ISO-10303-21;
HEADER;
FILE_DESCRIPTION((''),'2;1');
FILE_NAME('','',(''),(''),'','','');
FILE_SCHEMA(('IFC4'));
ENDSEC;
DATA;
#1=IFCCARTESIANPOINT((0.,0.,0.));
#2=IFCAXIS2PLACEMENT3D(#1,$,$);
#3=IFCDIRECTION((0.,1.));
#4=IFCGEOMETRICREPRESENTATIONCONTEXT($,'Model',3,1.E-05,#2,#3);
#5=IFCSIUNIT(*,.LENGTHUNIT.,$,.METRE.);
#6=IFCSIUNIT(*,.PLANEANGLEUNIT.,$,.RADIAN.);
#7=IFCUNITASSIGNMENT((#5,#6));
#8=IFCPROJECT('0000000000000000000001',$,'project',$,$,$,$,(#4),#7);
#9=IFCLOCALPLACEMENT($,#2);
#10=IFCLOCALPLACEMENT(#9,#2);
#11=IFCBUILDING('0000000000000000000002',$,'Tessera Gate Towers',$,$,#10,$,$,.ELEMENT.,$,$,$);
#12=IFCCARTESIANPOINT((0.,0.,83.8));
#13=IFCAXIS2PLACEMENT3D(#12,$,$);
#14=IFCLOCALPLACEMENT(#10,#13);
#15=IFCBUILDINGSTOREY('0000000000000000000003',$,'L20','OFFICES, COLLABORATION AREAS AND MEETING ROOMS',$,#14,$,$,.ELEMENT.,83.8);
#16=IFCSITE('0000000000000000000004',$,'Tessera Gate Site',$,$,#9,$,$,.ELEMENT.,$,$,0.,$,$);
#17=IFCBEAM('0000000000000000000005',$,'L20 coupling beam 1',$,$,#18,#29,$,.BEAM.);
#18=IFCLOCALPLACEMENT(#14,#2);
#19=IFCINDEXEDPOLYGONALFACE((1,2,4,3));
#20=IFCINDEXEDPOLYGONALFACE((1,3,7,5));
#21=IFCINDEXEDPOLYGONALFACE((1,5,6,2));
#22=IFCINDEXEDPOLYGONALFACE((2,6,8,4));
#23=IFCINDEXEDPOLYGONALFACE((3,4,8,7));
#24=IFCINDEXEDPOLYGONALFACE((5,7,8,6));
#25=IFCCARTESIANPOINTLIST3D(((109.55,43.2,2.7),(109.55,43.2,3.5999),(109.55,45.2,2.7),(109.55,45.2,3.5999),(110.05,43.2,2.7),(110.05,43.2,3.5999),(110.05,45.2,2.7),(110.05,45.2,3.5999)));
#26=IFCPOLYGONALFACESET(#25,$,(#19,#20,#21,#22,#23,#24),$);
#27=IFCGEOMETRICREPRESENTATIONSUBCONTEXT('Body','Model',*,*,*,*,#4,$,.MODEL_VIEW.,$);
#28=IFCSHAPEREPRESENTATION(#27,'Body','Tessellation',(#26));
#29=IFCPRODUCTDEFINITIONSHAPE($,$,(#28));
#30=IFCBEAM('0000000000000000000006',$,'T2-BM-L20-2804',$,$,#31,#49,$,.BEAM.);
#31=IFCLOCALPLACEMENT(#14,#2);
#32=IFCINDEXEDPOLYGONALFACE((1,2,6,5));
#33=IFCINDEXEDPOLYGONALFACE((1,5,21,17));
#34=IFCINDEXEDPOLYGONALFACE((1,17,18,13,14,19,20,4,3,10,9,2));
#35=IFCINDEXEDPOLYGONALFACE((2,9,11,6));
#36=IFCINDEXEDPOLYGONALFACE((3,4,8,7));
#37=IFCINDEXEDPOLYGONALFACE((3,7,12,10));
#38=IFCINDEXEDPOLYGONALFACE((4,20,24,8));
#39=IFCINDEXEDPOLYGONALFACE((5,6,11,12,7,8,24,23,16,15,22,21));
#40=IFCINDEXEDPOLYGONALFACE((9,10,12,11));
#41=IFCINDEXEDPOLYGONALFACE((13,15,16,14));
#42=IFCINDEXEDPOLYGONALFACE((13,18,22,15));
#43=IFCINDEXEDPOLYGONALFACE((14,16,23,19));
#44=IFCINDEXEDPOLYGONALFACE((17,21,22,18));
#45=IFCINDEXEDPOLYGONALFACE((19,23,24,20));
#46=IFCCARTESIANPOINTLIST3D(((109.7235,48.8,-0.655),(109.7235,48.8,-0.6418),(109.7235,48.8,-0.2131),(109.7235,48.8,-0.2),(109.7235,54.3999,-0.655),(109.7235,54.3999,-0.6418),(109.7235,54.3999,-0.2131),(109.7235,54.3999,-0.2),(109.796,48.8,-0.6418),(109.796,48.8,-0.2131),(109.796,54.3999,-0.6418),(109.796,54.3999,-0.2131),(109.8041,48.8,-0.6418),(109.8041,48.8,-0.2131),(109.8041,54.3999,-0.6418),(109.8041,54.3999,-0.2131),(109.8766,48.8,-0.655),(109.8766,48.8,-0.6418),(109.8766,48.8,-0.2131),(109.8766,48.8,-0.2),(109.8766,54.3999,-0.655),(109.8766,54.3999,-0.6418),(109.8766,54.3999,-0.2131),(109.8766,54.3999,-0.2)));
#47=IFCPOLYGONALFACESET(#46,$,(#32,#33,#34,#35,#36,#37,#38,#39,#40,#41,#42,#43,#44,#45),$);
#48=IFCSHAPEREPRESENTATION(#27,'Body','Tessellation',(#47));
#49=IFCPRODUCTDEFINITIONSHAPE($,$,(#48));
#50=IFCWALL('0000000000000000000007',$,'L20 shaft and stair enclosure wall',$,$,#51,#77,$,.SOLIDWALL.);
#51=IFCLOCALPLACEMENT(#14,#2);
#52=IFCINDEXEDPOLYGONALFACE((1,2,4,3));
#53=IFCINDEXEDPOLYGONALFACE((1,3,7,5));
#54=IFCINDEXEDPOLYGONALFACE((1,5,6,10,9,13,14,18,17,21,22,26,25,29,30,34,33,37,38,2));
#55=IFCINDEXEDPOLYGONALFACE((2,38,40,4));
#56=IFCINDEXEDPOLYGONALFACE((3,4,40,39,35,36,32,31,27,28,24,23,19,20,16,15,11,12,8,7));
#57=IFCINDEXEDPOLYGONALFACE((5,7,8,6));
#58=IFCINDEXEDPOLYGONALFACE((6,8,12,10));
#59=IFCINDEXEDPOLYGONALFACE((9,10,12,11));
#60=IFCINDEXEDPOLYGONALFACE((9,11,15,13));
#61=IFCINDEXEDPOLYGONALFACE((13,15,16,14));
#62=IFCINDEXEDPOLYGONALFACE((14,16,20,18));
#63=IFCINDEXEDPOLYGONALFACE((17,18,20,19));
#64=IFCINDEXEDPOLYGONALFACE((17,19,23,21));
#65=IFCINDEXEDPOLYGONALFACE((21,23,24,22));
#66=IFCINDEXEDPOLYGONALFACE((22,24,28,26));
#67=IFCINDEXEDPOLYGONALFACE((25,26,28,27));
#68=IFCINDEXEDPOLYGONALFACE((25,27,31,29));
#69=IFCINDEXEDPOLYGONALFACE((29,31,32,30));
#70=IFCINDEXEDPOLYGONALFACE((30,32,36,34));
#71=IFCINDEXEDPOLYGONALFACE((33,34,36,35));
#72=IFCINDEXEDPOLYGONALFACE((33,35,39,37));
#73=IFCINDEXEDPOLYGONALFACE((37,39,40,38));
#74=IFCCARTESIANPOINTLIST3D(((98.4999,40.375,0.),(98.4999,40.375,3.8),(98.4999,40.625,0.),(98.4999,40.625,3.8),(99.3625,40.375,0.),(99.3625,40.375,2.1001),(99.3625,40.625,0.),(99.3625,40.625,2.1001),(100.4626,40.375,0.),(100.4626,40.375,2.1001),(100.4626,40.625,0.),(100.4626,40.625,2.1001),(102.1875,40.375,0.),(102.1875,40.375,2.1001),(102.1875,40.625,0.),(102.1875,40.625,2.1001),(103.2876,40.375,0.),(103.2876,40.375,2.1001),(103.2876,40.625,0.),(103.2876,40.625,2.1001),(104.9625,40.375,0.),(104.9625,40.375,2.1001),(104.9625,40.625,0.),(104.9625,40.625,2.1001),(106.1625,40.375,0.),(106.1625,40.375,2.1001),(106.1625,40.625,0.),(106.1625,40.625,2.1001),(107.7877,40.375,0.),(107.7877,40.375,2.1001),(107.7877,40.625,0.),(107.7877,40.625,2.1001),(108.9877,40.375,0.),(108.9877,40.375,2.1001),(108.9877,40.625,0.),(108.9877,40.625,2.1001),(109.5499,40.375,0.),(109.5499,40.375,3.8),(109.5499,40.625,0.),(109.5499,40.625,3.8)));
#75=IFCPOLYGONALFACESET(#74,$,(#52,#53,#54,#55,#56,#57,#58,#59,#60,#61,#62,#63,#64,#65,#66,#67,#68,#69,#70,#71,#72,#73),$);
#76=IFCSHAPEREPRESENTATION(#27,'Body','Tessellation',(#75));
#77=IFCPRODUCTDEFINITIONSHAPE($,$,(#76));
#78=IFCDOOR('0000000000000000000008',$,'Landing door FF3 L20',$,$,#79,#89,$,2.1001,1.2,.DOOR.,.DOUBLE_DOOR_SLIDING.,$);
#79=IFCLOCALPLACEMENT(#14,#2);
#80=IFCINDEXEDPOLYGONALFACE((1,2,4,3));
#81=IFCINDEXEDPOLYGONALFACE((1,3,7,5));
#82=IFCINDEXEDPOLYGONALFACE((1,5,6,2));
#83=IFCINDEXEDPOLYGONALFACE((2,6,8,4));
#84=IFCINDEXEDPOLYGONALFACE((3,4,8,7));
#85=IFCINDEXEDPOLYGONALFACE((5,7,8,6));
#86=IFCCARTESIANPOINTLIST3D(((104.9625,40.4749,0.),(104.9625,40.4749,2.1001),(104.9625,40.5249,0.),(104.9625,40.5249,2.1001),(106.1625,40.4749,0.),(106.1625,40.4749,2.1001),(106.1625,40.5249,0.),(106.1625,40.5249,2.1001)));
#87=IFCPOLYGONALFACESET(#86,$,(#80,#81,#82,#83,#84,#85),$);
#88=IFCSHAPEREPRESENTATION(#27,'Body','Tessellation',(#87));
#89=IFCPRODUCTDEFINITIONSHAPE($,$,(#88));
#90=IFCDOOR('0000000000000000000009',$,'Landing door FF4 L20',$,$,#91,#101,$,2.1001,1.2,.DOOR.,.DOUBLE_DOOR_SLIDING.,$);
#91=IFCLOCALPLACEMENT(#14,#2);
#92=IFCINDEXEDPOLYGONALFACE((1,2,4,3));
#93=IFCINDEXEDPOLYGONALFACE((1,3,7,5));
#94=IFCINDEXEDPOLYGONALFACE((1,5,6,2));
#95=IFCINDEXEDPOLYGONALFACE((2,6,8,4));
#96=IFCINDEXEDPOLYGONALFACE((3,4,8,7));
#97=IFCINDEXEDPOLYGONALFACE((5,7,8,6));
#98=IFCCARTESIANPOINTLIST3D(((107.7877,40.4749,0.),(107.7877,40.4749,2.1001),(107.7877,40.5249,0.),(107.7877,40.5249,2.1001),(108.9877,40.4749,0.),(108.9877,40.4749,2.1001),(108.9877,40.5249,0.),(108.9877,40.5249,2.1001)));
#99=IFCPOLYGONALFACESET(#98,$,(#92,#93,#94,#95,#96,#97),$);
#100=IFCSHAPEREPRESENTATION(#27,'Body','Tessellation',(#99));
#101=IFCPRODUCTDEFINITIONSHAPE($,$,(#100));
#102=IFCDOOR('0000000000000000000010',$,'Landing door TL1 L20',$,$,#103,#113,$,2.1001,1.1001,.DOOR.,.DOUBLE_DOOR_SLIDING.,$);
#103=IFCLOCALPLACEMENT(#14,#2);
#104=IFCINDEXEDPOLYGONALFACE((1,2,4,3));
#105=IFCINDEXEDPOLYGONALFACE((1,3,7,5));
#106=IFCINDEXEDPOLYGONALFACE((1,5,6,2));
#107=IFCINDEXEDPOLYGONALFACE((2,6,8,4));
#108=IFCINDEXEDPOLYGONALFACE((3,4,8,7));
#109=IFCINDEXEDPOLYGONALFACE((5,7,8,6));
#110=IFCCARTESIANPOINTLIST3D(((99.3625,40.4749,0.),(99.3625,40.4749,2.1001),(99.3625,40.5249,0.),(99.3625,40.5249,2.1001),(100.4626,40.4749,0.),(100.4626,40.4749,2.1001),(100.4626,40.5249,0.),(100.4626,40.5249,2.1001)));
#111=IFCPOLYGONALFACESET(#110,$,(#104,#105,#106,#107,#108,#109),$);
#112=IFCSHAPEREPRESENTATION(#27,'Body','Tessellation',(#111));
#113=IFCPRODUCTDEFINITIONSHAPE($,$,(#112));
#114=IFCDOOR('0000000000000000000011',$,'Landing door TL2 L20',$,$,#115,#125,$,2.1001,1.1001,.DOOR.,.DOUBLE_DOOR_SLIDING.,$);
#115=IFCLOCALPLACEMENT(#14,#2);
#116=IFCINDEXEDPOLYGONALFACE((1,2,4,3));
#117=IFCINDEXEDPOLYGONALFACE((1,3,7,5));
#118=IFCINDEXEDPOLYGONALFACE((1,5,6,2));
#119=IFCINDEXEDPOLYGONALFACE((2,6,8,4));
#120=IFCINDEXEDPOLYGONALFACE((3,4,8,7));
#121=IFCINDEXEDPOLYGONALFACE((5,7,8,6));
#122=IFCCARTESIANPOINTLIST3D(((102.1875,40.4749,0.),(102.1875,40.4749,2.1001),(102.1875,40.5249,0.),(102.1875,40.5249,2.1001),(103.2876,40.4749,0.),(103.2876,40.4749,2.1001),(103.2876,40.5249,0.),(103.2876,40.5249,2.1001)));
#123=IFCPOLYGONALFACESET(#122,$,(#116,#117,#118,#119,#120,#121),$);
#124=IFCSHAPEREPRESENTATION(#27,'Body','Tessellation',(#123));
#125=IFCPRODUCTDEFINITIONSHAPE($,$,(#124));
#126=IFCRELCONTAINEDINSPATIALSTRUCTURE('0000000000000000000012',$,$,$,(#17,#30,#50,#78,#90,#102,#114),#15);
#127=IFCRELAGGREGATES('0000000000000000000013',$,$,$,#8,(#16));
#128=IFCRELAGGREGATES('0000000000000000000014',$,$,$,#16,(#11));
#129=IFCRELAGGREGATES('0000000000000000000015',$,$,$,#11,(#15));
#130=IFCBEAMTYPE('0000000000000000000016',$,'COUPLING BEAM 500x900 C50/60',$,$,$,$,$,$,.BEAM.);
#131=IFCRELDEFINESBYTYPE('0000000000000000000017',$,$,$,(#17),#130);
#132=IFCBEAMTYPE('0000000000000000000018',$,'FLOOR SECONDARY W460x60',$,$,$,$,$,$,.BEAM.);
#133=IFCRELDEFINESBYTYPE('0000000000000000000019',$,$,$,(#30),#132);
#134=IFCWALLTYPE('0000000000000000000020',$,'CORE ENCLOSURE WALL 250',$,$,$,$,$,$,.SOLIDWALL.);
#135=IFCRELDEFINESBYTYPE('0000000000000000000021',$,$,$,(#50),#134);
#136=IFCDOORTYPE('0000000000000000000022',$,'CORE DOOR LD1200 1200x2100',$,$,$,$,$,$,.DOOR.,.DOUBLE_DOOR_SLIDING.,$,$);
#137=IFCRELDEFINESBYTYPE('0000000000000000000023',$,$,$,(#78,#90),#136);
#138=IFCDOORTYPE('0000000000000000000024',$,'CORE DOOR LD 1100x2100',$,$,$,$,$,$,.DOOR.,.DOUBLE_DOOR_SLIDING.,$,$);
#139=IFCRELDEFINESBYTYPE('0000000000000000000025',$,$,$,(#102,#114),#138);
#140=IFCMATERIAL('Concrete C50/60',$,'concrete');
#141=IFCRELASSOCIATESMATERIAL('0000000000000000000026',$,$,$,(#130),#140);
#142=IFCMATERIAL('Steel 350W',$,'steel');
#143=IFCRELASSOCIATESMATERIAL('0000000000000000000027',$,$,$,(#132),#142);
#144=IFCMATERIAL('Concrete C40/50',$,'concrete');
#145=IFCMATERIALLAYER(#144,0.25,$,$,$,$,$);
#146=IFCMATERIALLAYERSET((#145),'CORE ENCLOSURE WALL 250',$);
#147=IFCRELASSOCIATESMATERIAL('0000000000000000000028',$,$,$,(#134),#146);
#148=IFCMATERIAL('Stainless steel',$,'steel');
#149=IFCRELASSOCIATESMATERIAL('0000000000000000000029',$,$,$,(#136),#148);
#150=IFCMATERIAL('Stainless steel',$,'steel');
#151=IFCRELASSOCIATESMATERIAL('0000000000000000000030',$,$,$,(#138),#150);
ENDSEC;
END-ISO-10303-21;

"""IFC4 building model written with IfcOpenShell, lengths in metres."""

from ifc_helpers import new_model, si_unit, direction, frame, frame_2d, origin, origin_2d, place, context, subcontext, project, spatial, rectangle, i_section, extrude, source, transform, mapped, material, layer, layer_set, material_profile, profile_set, type_object, element, fill, save


model = new_model("IFC4")

# Units and contexts
model_context = context("Model", 3, precision=1e-05, world=origin(), true_north=direction((0.0, 1.0)))
body_context = subcontext(model_context, "Body", "Model", "MODEL_VIEW")
ifc_project = project(units=[si_unit("LENGTHUNIT", "METRE"), si_unit("PLANEANGLEUNIT", "RADIAN")], contexts=[model_context])

# Site, building, storey
site_placement = place(None, origin())
site = spatial("IfcSite", under=ifc_project, at=site_placement, Name="Tessera Gate Site", CompositionType="ELEMENT", RefElevation=0.0)
building_placement = place(site_placement, origin())
building = spatial("IfcBuilding", under=site, at=building_placement, Name="Tessera Gate Towers", CompositionType="ELEMENT")
storey_placement = place(building_placement, frame((0.0, 0.0, 83.8)))
storey = spatial("IfcBuildingStorey", under=building, at=storey_placement, Name="L20", Description="OFFICES, COLLABORATION AREAS AND MEETING ROOMS", CompositionType="ELEMENT", Elevation=83.8)

# Beams
ifc_material_1 = material(Name="Concrete C50/60", Category="concrete")
ifc_material_profile_1 = material_profile(ifc_material_1, rectangle(XDim=0.5, YDim=0.8999, at=origin_2d()), Name="RC 500x900")
ifc_profile_set_1 = profile_set([ifc_material_profile_1], Name="Concrete C50/60")
beam_type_1 = type_object("IfcBeamType", Name="COUPLING BEAM 500x900 C50/60", PredefinedType="BEAM", material=ifc_profile_set_1)
beam_1_placement = place(storey_placement, frame((109.8, 43.2, 3.1499), z_axis=(0.0, 1.0, 0.0), x_axis=(-1.0, 0.0, 0.0)))
element("IfcBeam", 1, at=beam_1_placement, inside=storey, type_object=beam_type_1, Name="L20 coupling beam 1", PredefinedType="BEAM", context=body_context, shape_type="SweptSolid", body=[
    extrude(rectangle(XDim=0.5, YDim=0.8999, at=origin_2d()), origin(), (0.0, 0.0, 1.0), 2.0),
])
ifc_material_2 = material(Name="Steel 350W", Category="steel")
ifc_material_profile_2 = material_profile(ifc_material_2, i_section(OverallWidth=0.1531, OverallDepth=0.4551, WebThickness=0.0081, FlangeThickness=0.0132, at=origin_2d()), Name="W460x60")
ifc_profile_set_2 = profile_set([ifc_material_profile_2], Name="Steel 350W")
beam_type_2 = type_object("IfcBeamType", Name="FLOOR SECONDARY W460x60", PredefinedType="BEAM", material=ifc_profile_set_2)
beam_2_placement = place(storey_placement, frame((109.8, 48.8, -0.4275), z_axis=(0.0, 1.0, 0.0), x_axis=(-1.0, 0.0, 0.0)))
element("IfcBeam", 2, at=beam_2_placement, inside=storey, type_object=beam_type_2, Name="T2-BM-L20-2804", PredefinedType="BEAM", context=body_context, shape_type="SweptSolid", body=[
    extrude(i_section(OverallWidth=0.1531, OverallDepth=0.4551, WebThickness=0.0081, FlangeThickness=0.0132, at=origin_2d()), origin(), (0.0, 0.0, 1.0), 5.5999),
])

# Wall, openings, doors
ifc_material_3 = material(Name="Concrete C40/50", Category="concrete")
ifc_layer_1 = layer(ifc_material_3, 0.25)
ifc_layer_set_1 = layer_set([ifc_layer_1], Name="CORE ENCLOSURE WALL 250")
wall_type_1 = type_object("IfcWallType", Name="CORE ENCLOSURE WALL 250", PredefinedType="SOLIDWALL", material=ifc_layer_set_1)
wall_1_placement = place(storey_placement, frame((98.5, 40.5, 0.0), z_axis=(0.0, 0.0, 1.0), x_axis=(1.0, 0.0, 0.0)))
wall_1 = element("IfcWall", 3, at=wall_1_placement, inside=storey, type_object=wall_type_1, Name="L20 shaft and stair enclosure wall", PredefinedType="SOLIDWALL", context=body_context, shape_type="SweptSolid", body=[
    extrude(rectangle(XDim=11.05, YDim=0.25, at=frame_2d((5.5249, 0.0))), origin(), (0.0, 0.0, 1.0), 3.8),
])
shared_shape_1 = source(origin(), body_context, "Body", "SweptSolid", [
    extrude(rectangle(XDim=1.1001, YDim=2.1001, at=frame_2d((0.55, 1.05))), frame((0.0, 0.135, 0.0), z_axis=(0.0, -1.0, 0.0), x_axis=(1.0, 0.0, 0.0)), (0.0, 0.0, 1.0), 0.27),
])
opening_1_placement = place(wall_1_placement, frame((0.8625, 0.0, 0.0)))
opening_1 = element("IfcOpeningElement", 4, at=opening_1_placement, cuts=wall_1, PredefinedType="OPENING", context=body_context, shape_type="MappedRepresentation", body=[
    mapped(shared_shape_1, transform((0.0, 0.0, 0.0), scale=1.0)),
])
opening_2_placement = place(wall_1_placement, frame((3.6875, 0.0, 0.0)))
opening_2 = element("IfcOpeningElement", 5, at=opening_2_placement, cuts=wall_1, PredefinedType="OPENING", context=body_context, shape_type="MappedRepresentation", body=[
    mapped(shared_shape_1, transform((0.0, 0.0, 0.0), scale=1.0)),
])
shared_shape_2 = source(origin(), body_context, "Body", "SweptSolid", [
    extrude(rectangle(XDim=1.2, YDim=2.1001, at=frame_2d((0.6001, 1.05))), frame((0.0, 0.135, 0.0), z_axis=(0.0, -1.0, 0.0), x_axis=(1.0, 0.0, 0.0)), (0.0, 0.0, 1.0), 0.27),
])
opening_3_placement = place(wall_1_placement, frame((6.4624, 0.0, 0.0)))
opening_3 = element("IfcOpeningElement", 6, at=opening_3_placement, cuts=wall_1, PredefinedType="OPENING", context=body_context, shape_type="MappedRepresentation", body=[
    mapped(shared_shape_2, transform((0.0, 0.0, 0.0), scale=1.0)),
])
opening_4_placement = place(wall_1_placement, frame((9.2876, 0.0, 0.0)))
opening_4 = element("IfcOpeningElement", 7, at=opening_4_placement, cuts=wall_1, PredefinedType="OPENING", context=body_context, shape_type="MappedRepresentation", body=[
    mapped(shared_shape_2, transform((0.0, 0.0, 0.0), scale=1.0)),
])
ifc_material_4 = material(Name="Stainless steel", Category="steel")
door_type_1 = type_object("IfcDoorType", Name="CORE DOOR LD1200 1200x2100", OperationType="DOUBLE_DOOR_SLIDING", PredefinedType="DOOR", material=ifc_material_4)
shared_shape_3 = source(origin(), body_context, "Body", "SweptSolid", [
    extrude(rectangle(XDim=1.2, YDim=2.1001, at=frame_2d((0.6001, 1.05))), frame((0.0, 0.0249, 0.0), z_axis=(0.0, -1.0, 0.0), x_axis=(1.0, 0.0, 0.0)), (0.0, 0.0, 1.0), 0.05),
])
door_1_placement = place(opening_3_placement, origin())
door_1 = element("IfcDoor", 8, at=door_1_placement, inside=storey, type_object=door_type_1, Name="Landing door FF3 L20", OperationType="DOUBLE_DOOR_SLIDING", OverallHeight=2.1001, OverallWidth=1.2, PredefinedType="DOOR", context=body_context, shape_type="MappedRepresentation", body=[
    mapped(shared_shape_3, transform((0.0, 0.0, 0.0), scale=1.0)),
])
fill(opening_3, door_1)
door_2_placement = place(opening_4_placement, origin())
door_2 = element("IfcDoor", 9, at=door_2_placement, inside=storey, type_object=door_type_1, Name="Landing door FF4 L20", OperationType="DOUBLE_DOOR_SLIDING", OverallHeight=2.1001, OverallWidth=1.2, PredefinedType="DOOR", context=body_context, shape_type="MappedRepresentation", body=[
    mapped(shared_shape_3, transform((0.0, 0.0, 0.0), scale=1.0)),
])
fill(opening_4, door_2)
ifc_material_5 = material(Name="Stainless steel", Category="steel")
door_type_2 = type_object("IfcDoorType", Name="CORE DOOR LD 1100x2100", OperationType="DOUBLE_DOOR_SLIDING", PredefinedType="DOOR", material=ifc_material_5)
shared_shape_4 = source(origin(), body_context, "Body", "SweptSolid", [
    extrude(rectangle(XDim=1.1001, YDim=2.1001, at=frame_2d((0.55, 1.05))), frame((0.0, 0.0249, 0.0), z_axis=(0.0, -1.0, 0.0), x_axis=(1.0, 0.0, 0.0)), (0.0, 0.0, 1.0), 0.05),
])
door_3_placement = place(opening_1_placement, origin())
door_3 = element("IfcDoor", 10, at=door_3_placement, inside=storey, type_object=door_type_2, Name="Landing door TL1 L20", OperationType="DOUBLE_DOOR_SLIDING", OverallHeight=2.1001, OverallWidth=1.1001, PredefinedType="DOOR", context=body_context, shape_type="MappedRepresentation", body=[
    mapped(shared_shape_4, transform((0.0, 0.0, 0.0), scale=1.0)),
])
fill(opening_1, door_3)
door_4_placement = place(opening_2_placement, origin())
door_4 = element("IfcDoor", 11, at=door_4_placement, inside=storey, type_object=door_type_2, Name="Landing door TL2 L20", OperationType="DOUBLE_DOOR_SLIDING", OverallHeight=2.1001, OverallWidth=1.1001, PredefinedType="DOOR", context=body_context, shape_type="MappedRepresentation", body=[
    mapped(shared_shape_4, transform((0.0, 0.0, 0.0), scale=1.0)),
])
fill(opening_2, door_4)

save(model, "model.ifc")
